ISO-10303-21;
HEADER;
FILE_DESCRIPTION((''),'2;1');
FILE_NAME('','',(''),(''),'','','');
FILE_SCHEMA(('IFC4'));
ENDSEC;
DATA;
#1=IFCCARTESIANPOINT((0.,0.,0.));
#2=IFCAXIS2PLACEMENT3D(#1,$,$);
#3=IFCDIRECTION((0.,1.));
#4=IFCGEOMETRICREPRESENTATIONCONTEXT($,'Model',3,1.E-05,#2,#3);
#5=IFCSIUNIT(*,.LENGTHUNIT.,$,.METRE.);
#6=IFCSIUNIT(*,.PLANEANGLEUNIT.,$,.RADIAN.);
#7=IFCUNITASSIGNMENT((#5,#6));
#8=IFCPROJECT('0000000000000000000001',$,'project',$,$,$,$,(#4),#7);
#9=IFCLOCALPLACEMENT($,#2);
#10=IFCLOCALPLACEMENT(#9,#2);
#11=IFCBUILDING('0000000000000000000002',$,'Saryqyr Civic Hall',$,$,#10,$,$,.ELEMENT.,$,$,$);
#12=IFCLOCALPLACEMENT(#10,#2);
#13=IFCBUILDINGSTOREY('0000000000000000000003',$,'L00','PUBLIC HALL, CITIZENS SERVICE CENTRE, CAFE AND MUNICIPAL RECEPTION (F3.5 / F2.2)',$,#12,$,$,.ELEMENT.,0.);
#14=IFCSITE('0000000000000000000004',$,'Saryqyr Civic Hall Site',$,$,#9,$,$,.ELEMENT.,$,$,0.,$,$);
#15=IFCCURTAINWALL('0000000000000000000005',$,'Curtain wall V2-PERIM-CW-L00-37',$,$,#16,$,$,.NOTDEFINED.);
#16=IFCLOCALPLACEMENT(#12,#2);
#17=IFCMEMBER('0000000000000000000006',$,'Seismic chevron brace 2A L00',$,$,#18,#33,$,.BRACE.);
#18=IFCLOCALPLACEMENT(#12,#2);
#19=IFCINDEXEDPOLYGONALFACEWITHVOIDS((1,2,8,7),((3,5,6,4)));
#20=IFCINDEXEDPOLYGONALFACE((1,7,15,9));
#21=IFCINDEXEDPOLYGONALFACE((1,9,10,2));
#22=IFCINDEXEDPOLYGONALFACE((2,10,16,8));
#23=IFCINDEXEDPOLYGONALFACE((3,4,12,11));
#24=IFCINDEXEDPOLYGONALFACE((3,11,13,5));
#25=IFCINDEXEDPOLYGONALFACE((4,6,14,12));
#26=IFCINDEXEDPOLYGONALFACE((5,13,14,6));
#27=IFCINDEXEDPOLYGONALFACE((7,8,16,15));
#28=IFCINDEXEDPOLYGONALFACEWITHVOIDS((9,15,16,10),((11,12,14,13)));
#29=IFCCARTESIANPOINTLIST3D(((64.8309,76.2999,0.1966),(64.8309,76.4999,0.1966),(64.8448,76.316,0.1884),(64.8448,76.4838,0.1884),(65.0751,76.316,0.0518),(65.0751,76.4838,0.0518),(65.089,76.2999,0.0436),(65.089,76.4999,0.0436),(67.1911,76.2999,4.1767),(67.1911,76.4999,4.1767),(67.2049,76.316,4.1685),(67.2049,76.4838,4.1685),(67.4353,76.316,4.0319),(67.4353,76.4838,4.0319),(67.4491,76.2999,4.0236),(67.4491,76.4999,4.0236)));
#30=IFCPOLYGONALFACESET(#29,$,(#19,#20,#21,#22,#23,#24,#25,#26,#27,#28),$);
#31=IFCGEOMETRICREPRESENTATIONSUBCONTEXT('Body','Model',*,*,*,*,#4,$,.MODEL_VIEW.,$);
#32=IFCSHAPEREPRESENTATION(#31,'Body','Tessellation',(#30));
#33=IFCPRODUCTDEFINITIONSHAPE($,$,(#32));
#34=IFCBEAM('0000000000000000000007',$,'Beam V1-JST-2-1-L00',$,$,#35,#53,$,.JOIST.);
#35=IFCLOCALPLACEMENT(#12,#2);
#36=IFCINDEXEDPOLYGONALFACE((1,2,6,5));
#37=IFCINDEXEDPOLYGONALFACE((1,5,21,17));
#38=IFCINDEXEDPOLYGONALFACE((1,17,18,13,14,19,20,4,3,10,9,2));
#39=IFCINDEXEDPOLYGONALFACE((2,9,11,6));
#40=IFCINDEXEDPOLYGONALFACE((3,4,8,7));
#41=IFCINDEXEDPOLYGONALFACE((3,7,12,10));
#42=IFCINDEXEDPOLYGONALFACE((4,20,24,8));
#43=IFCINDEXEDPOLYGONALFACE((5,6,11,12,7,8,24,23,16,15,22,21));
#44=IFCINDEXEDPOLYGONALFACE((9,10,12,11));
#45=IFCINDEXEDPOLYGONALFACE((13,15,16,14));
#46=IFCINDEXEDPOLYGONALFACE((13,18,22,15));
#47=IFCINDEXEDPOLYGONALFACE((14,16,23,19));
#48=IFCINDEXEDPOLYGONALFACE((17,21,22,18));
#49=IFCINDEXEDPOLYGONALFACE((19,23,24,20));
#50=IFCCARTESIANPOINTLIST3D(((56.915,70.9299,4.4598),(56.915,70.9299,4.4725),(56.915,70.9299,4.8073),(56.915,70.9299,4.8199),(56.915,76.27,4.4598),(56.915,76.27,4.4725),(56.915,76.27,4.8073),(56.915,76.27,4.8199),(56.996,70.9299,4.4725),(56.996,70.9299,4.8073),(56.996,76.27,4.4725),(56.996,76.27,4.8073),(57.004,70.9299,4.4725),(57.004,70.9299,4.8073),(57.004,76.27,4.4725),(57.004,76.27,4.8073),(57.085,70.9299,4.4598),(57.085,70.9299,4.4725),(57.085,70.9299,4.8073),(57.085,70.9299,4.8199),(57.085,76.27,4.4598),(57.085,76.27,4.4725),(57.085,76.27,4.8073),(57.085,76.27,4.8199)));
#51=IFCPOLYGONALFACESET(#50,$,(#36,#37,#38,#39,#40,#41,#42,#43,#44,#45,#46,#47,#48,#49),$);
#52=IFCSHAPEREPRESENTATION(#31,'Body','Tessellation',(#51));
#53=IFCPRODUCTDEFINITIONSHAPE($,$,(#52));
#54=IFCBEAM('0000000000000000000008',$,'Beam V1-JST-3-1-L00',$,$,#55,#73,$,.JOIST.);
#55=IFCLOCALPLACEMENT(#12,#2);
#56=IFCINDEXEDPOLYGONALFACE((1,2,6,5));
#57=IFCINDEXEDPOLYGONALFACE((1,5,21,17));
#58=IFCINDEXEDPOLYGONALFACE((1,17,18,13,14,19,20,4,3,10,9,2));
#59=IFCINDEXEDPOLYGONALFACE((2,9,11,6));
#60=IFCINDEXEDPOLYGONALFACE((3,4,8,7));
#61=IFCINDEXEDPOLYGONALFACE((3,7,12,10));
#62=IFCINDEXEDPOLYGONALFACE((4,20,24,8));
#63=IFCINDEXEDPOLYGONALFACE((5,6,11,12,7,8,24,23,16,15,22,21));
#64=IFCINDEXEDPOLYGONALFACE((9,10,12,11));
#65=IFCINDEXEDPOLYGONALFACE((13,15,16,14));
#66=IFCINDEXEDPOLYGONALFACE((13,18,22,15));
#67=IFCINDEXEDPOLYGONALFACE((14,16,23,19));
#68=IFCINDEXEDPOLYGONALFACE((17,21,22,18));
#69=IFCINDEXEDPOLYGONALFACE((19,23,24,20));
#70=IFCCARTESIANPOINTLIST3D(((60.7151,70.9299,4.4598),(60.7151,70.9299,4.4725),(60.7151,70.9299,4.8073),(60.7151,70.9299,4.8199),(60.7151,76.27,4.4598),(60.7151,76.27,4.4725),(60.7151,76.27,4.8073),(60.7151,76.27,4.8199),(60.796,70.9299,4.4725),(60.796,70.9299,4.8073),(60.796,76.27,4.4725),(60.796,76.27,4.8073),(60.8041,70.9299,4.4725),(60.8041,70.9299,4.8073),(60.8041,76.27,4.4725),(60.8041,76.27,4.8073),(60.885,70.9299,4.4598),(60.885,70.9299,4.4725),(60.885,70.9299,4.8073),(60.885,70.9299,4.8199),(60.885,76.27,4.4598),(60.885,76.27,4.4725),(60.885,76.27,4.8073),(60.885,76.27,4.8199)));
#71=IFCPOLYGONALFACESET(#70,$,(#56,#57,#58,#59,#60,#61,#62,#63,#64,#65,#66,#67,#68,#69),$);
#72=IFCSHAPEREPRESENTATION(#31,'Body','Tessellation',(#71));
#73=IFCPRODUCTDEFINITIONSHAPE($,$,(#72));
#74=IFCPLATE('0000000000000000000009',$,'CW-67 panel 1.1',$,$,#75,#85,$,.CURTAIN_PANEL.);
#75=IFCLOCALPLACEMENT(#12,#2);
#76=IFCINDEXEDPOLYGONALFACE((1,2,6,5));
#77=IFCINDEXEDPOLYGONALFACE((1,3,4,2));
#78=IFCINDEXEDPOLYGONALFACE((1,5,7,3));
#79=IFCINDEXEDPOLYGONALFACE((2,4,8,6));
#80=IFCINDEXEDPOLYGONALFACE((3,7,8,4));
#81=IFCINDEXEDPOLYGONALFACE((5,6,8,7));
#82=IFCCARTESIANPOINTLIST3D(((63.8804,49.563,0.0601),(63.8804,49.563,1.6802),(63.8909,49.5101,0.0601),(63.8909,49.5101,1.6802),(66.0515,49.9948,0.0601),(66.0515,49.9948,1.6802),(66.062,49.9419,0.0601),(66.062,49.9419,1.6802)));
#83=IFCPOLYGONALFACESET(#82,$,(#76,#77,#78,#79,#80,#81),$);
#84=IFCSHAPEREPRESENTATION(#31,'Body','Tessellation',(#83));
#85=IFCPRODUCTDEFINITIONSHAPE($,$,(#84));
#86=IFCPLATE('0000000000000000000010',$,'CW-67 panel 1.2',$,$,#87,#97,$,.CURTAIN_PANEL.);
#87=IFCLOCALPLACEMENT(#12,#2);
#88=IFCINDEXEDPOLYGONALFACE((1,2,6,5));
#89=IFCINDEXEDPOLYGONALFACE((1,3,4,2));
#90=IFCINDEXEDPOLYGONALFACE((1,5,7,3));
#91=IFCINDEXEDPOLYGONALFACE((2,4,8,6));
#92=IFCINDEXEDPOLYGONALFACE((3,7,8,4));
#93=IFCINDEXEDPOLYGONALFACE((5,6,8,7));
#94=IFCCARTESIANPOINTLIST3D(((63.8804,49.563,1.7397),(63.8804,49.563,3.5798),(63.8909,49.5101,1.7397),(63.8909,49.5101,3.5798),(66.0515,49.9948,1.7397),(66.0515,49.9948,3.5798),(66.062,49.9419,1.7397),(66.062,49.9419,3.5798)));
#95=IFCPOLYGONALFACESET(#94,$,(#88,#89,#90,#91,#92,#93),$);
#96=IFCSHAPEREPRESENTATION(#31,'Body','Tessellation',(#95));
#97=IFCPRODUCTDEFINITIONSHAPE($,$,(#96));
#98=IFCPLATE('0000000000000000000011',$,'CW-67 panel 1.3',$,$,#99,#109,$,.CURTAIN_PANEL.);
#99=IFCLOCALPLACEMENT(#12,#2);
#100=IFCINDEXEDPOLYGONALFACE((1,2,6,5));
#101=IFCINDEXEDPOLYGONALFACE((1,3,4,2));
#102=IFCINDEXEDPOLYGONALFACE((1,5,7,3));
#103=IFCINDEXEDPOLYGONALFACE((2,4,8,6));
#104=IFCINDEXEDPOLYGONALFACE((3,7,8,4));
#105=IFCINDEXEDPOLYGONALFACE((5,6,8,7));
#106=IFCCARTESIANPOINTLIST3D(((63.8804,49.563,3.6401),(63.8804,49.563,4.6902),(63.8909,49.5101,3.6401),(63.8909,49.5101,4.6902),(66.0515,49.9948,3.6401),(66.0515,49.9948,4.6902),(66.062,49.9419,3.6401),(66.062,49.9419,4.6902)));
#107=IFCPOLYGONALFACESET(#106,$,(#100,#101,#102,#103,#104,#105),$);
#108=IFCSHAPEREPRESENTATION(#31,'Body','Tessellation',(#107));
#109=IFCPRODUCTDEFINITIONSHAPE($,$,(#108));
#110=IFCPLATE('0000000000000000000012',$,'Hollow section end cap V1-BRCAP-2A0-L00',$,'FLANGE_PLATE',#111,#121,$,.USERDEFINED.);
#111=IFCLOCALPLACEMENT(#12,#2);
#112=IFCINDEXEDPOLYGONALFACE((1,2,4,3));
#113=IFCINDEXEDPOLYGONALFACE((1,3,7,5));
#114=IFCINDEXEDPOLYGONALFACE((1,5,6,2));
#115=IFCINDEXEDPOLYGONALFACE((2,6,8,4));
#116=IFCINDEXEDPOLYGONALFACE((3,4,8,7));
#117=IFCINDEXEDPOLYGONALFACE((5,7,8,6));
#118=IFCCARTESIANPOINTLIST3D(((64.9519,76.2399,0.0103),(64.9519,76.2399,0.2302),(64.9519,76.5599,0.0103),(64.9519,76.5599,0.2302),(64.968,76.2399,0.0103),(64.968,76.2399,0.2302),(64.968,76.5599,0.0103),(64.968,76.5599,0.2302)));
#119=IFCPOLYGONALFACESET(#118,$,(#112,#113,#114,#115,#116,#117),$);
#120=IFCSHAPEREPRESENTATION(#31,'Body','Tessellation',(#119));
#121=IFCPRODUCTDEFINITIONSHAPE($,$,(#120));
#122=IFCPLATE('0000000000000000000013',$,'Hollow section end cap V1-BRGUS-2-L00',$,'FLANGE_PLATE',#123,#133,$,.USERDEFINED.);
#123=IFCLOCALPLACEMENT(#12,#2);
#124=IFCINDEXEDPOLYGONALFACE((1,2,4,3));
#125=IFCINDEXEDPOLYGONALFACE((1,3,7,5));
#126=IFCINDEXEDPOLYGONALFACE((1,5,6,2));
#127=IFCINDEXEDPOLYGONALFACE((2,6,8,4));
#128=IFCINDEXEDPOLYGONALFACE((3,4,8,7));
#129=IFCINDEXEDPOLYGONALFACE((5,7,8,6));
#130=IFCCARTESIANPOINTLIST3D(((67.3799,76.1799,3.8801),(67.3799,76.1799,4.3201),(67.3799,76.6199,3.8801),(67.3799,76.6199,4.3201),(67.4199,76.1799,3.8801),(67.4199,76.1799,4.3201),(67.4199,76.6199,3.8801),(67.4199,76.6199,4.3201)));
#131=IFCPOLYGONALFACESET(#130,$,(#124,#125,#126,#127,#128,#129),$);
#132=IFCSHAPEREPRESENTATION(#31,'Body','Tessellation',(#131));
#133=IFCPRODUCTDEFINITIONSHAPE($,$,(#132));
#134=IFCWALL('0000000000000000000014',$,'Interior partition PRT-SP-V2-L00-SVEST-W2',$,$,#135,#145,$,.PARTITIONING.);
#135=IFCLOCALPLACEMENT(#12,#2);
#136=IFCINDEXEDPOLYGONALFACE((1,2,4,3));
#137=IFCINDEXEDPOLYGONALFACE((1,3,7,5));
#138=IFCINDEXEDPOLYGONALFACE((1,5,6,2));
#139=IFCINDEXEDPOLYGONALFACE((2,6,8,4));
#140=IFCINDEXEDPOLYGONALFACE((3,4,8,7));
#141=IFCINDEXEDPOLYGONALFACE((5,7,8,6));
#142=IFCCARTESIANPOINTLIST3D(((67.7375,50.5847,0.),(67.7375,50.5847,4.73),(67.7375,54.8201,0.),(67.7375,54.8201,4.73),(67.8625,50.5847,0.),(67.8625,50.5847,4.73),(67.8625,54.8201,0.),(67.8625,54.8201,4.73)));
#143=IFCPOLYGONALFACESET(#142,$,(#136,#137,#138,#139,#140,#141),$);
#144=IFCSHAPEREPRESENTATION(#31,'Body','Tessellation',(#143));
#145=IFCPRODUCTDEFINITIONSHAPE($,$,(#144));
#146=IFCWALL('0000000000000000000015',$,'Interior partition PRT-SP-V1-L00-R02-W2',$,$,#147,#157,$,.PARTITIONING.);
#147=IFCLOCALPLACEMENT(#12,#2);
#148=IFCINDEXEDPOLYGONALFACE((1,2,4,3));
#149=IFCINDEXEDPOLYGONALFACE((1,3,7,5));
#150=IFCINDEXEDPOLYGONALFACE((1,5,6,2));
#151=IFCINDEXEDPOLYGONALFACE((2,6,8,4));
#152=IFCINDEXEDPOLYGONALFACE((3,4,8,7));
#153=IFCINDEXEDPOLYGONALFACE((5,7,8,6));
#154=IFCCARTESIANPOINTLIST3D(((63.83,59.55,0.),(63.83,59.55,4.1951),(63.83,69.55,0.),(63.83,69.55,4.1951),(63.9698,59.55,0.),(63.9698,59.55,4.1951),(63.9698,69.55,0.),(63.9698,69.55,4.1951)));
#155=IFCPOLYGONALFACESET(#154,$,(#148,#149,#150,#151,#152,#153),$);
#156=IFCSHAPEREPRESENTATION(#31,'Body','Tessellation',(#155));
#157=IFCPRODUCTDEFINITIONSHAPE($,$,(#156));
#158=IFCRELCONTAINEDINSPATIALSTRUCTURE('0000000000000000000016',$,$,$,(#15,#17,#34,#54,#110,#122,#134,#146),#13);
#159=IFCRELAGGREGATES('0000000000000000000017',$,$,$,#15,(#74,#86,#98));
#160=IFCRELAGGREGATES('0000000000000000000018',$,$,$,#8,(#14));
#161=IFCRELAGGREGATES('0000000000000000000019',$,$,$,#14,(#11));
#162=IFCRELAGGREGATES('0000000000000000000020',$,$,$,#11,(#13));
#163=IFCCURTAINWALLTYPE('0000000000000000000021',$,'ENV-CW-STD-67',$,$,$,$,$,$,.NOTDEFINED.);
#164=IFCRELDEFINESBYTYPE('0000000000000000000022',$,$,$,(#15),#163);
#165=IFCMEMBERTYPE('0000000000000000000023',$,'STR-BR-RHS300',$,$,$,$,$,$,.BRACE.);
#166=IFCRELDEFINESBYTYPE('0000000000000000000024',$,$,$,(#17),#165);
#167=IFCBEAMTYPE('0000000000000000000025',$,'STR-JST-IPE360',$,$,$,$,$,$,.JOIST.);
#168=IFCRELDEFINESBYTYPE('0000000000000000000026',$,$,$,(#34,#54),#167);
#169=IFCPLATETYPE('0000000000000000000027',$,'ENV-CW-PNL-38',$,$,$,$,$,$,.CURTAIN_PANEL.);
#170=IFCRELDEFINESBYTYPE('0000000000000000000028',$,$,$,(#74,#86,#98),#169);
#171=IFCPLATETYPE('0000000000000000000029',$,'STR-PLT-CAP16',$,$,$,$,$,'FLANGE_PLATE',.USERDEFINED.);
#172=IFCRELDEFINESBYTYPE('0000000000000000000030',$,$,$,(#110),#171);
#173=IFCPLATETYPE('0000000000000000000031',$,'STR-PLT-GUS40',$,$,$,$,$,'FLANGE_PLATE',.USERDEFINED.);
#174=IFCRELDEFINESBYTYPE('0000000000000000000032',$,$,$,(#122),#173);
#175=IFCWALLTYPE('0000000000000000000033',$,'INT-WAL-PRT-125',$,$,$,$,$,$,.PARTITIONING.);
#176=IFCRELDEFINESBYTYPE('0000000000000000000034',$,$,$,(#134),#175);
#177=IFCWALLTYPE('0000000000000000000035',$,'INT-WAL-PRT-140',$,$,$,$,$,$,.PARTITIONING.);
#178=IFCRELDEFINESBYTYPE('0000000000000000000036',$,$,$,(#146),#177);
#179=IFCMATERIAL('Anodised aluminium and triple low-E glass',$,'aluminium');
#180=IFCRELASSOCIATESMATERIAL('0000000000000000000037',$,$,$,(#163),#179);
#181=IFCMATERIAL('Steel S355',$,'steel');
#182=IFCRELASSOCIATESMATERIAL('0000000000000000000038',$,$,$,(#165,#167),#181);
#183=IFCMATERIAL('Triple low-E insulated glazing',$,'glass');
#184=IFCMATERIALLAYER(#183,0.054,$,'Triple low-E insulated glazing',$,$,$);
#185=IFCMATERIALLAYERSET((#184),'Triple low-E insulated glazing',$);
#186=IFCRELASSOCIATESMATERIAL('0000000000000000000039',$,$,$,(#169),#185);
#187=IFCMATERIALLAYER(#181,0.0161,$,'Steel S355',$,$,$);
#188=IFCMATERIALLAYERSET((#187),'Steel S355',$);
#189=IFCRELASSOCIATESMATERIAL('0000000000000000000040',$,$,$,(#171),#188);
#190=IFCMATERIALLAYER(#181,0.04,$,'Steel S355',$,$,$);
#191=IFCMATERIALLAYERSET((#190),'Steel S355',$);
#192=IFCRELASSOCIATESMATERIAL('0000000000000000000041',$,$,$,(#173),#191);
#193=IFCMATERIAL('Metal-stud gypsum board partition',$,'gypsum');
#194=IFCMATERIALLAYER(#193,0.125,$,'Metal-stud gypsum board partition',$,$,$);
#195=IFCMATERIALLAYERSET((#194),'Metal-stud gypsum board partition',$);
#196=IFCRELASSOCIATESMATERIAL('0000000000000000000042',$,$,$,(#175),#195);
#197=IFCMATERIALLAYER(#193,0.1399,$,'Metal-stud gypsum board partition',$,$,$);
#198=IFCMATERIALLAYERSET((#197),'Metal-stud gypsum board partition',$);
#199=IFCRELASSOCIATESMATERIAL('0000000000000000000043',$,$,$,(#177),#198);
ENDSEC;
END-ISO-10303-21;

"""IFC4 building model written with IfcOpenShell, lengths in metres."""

from ifc_helpers import new_model, si_unit, direction, frame, frame_2d, origin, origin_2d, place, context, subcontext, project, spatial, rectangle, hollow_rectangle, i_section, extrude, material, layer, layer_set, material_profile, profile_set, type_object, element, aggregate, save


model = new_model("IFC4")

# Units and contexts
model_context = context("Model", 3, precision=1e-05, world=origin(), true_north=direction((0.0, 1.0)))
body_context = subcontext(model_context, "Body", "Model", "MODEL_VIEW")
ifc_project = project(units=[si_unit("LENGTHUNIT", "METRE"), si_unit("PLANEANGLEUNIT", "RADIAN")], contexts=[model_context])

# Site, building, storey
site_placement = place(None, origin())
site = spatial("IfcSite", under=ifc_project, at=site_placement, Name="Saryqyr Civic Hall Site", CompositionType="ELEMENT", RefElevation=0.0)
building_placement = place(site_placement, origin())
building = spatial("IfcBuilding", under=site, at=building_placement, Name="Saryqyr Civic Hall", CompositionType="ELEMENT")
storey_placement = place(building_placement, origin())
storey = spatial("IfcBuildingStorey", under=building, at=storey_placement, Name="L00", Description="PUBLIC HALL, CITIZENS SERVICE CENTRE, CAFE AND MUNICIPAL RECEPTION (F3.5 / F2.2)", CompositionType="ELEMENT", Elevation=0.0)

# Shared definitions
ifc_material_1 = material(Name="Anodised aluminium and triple low-E glass", Category="aluminium")

# Curtain wall
curtain_wall_type_1 = type_object("IfcCurtainWallType", Name="ENV-CW-STD-67", PredefinedType="NOTDEFINED", material=ifc_material_1)
curtain_wall_1_placement = place(storey_placement, origin())
curtain_wall_1 = element("IfcCurtainWall", 1, at=curtain_wall_1_placement, inside=storey, type_object=curtain_wall_type_1, Name="Curtain wall V2-PERIM-CW-L00-37", PredefinedType="NOTDEFINED")

# Member
ifc_material_2 = material(Name="Steel S355", Category="steel")
ifc_material_profile_1 = material_profile(ifc_material_2, hollow_rectangle(XDim=0.2, YDim=0.3, WallThickness=0.0161, at=origin_2d()), Name="RHS 300x200x16")
ifc_profile_set_1 = profile_set([ifc_material_profile_1], Name="Steel S355")
member_type_1 = type_object("IfcMemberType", Name="STR-BR-RHS300", PredefinedType="BRACE", material=ifc_profile_set_1)
member_1_placement = place(storey_placement, frame((64.96, 76.3999, 0.1201), z_axis=(0.510058, 0.0, 0.86014), x_axis=(0.0, 1.0, 0.0)))
element("IfcMember", 2, at=member_1_placement, inside=storey, type_object=member_type_1, Name="Seismic chevron brace 2A L00", PredefinedType="BRACE", context=body_context, shape_type="SweptSolid", body=[
    extrude(hollow_rectangle(XDim=0.2, YDim=0.3, WallThickness=0.0161, at=origin_2d()), origin(), (0.0, 0.0, 1.0), 4.6272),
])

# Beams
ifc_material_profile_2 = material_profile(ifc_material_2, i_section(OverallWidth=0.1699, OverallDepth=0.3601, WebThickness=0.0081, FlangeThickness=0.0127, at=origin_2d()), Name="IPE 360")
ifc_profile_set_2 = profile_set([ifc_material_profile_2], Name="Steel S355")
beam_type_1 = type_object("IfcBeamType", Name="STR-JST-IPE360", PredefinedType="JOIST", material=ifc_profile_set_2)
for number, where, z_axis, x_axis, name in (
    (3, (57.0, 70.9299, 4.6399), (0.0, 1.0, 0.0), (-1.0, 0.0, 0.0), "Beam V1-JST-2-1-L00"),
    (4, (60.8, 70.9299, 4.6399), (0.0, 1.0, 0.0), (-1.0, 0.0, 0.0), "Beam V1-JST-3-1-L00"),
):
    element("IfcBeam", number, at=place(storey_placement, frame(where, z_axis=z_axis, x_axis=x_axis)), inside=storey, type_object=beam_type_1, Name=name, PredefinedType="JOIST", context=body_context, shape_type="SweptSolid", body=[
        extrude(i_section(OverallWidth=0.1699, OverallDepth=0.3601, WebThickness=0.0081, FlangeThickness=0.0127, at=origin_2d()), origin(), (0.0, 0.0, 1.0), 5.3401),
    ])

# Plates
ifc_material_3 = material(Name="Triple low-E insulated glazing", Category="glass")
ifc_layer_1 = layer(ifc_material_3, 0.054, Name="Triple low-E insulated glazing")
ifc_layer_set_1 = layer_set([ifc_layer_1], Name="Triple low-E insulated glazing")
plate_type_1 = type_object("IfcPlateType", Name="ENV-CW-PNL-38", PredefinedType="CURTAIN_PANEL", material=ifc_layer_set_1)
plate_1_placement = place(storey_placement, frame((64.9712, 49.7524, 0.0601), z_axis=(0.0, 0.0, 1.0), x_axis=(-0.980785, -0.195093, 0.0)))
plate_1 = element("IfcPlate", 5, at=plate_1_placement, type_object=plate_type_1, Name="CW-67 panel 1.1", PredefinedType="CURTAIN_PANEL", context=body_context, shape_type="SweptSolid", body=[
    extrude(rectangle(XDim=2.2136, YDim=0.054, at=origin_2d()), origin(), (0.0, 0.0, 1.0), 1.6201),
])
plate_2_placement = place(storey_placement, frame((64.9712, 49.7524, 1.7397), z_axis=(0.0, 0.0, 1.0), x_axis=(-0.980785, -0.195093, 0.0)))
plate_2 = element("IfcPlate", 6, at=plate_2_placement, type_object=plate_type_1, Name="CW-67 panel 1.2", PredefinedType="CURTAIN_PANEL", context=body_context, shape_type="SweptSolid", body=[
    extrude(rectangle(XDim=2.2136, YDim=0.054, at=origin_2d()), origin(), (0.0, 0.0, 1.0), 1.8401),
])
plate_3_placement = place(storey_placement, frame((64.9712, 49.7524, 3.6401), z_axis=(0.0, 0.0, 1.0), x_axis=(-0.980785, -0.195093, 0.0)))
plate_3 = element("IfcPlate", 7, at=plate_3_placement, type_object=plate_type_1, Name="CW-67 panel 1.3", PredefinedType="CURTAIN_PANEL", context=body_context, shape_type="SweptSolid", body=[
    extrude(rectangle(XDim=2.2136, YDim=0.054, at=origin_2d()), origin(), (0.0, 0.0, 1.0), 1.05),
])
aggregate(curtain_wall_1, [plate_1, plate_2, plate_3])

# Plates
ifc_layer_2 = layer(ifc_material_2, 0.0161, Name="Steel S355")
ifc_layer_set_2 = layer_set([ifc_layer_2], Name="Steel S355")
plate_type_2 = type_object("IfcPlateType", Name="STR-PLT-CAP16", ElementType="FLANGE_PLATE", PredefinedType="USERDEFINED", material=ifc_layer_set_2)
plate_4_placement = place(storey_placement, frame((64.96, 76.3999, 0.0103), z_axis=(0.0, 0.0, 1.0), x_axis=(1.0, 0.0, 0.0)))
element("IfcPlate", 8, at=plate_4_placement, inside=storey, type_object=plate_type_2, Name="Hollow section end cap V1-BRCAP-2A0-L00", ObjectType="FLANGE_PLATE", PredefinedType="USERDEFINED", context=body_context, shape_type="SweptSolid", body=[
    extrude(rectangle(XDim=0.0161, YDim=0.3201, at=origin_2d()), origin(), (0.0, 0.0, 1.0), 0.22),
])
ifc_layer_3 = layer(ifc_material_2, 0.04, Name="Steel S355")
ifc_layer_set_3 = layer_set([ifc_layer_3], Name="Steel S355")
plate_type_3 = type_object("IfcPlateType", Name="STR-PLT-GUS40", ElementType="FLANGE_PLATE", PredefinedType="USERDEFINED", material=ifc_layer_set_3)
plate_5_placement = place(storey_placement, frame((67.3999, 76.3999, 3.8801), z_axis=(0.0, 0.0, 1.0), x_axis=(1.0, 0.0, 0.0)))
element("IfcPlate", 9, at=plate_5_placement, inside=storey, type_object=plate_type_3, Name="Hollow section end cap V1-BRGUS-2-L00", ObjectType="FLANGE_PLATE", PredefinedType="USERDEFINED", context=body_context, shape_type="SweptSolid", body=[
    extrude(rectangle(XDim=0.04, YDim=0.4399, at=origin_2d()), origin(), (0.0, 0.0, 1.0), 0.4399),
])

# Walls
ifc_material_4 = material(Name="Metal-stud gypsum board partition", Category="gypsum")
ifc_layer_4 = layer(ifc_material_4, 0.125, Name="Metal-stud gypsum board partition")
ifc_layer_set_4 = layer_set([ifc_layer_4], Name="Metal-stud gypsum board partition")
wall_type_1 = type_object("IfcWallType", Name="INT-WAL-PRT-125", PredefinedType="PARTITIONING", material=ifc_layer_set_4)
wall_1_placement = place(storey_placement, frame((67.8, 54.8201, 0.0), z_axis=(0.0, 0.0, 1.0), x_axis=(0.0, -1.0, 0.0)))
element("IfcWall", 10, at=wall_1_placement, inside=storey, type_object=wall_type_1, Name="Interior partition PRT-SP-V2-L00-SVEST-W2", PredefinedType="PARTITIONING", context=body_context, shape_type="SweptSolid", body=[
    extrude(rectangle(XDim=4.2354, YDim=0.125, at=frame_2d((2.1177, 0.0))), origin(), (0.0, 0.0, 1.0), 4.73),
])
ifc_layer_5 = layer(ifc_material_4, 0.1399, Name="Metal-stud gypsum board partition")
ifc_layer_set_5 = layer_set([ifc_layer_5], Name="Metal-stud gypsum board partition")
wall_type_2 = type_object("IfcWallType", Name="INT-WAL-PRT-140", PredefinedType="PARTITIONING", material=ifc_layer_set_5)
wall_2_placement = place(storey_placement, frame((63.8999, 69.55, 0.0), z_axis=(0.0, 0.0, 1.0), x_axis=(0.0, -1.0, 0.0)))
element("IfcWall", 11, at=wall_2_placement, inside=storey, type_object=wall_type_2, Name="Interior partition PRT-SP-V1-L00-R02-W2", PredefinedType="PARTITIONING", context=body_context, shape_type="SweptSolid", body=[
    extrude(rectangle(XDim=10.0, YDim=0.1399, at=frame_2d((5.0, 0.0))), origin(), (0.0, 0.0, 1.0), 4.1951),
])

save(model, "model.ifc")
